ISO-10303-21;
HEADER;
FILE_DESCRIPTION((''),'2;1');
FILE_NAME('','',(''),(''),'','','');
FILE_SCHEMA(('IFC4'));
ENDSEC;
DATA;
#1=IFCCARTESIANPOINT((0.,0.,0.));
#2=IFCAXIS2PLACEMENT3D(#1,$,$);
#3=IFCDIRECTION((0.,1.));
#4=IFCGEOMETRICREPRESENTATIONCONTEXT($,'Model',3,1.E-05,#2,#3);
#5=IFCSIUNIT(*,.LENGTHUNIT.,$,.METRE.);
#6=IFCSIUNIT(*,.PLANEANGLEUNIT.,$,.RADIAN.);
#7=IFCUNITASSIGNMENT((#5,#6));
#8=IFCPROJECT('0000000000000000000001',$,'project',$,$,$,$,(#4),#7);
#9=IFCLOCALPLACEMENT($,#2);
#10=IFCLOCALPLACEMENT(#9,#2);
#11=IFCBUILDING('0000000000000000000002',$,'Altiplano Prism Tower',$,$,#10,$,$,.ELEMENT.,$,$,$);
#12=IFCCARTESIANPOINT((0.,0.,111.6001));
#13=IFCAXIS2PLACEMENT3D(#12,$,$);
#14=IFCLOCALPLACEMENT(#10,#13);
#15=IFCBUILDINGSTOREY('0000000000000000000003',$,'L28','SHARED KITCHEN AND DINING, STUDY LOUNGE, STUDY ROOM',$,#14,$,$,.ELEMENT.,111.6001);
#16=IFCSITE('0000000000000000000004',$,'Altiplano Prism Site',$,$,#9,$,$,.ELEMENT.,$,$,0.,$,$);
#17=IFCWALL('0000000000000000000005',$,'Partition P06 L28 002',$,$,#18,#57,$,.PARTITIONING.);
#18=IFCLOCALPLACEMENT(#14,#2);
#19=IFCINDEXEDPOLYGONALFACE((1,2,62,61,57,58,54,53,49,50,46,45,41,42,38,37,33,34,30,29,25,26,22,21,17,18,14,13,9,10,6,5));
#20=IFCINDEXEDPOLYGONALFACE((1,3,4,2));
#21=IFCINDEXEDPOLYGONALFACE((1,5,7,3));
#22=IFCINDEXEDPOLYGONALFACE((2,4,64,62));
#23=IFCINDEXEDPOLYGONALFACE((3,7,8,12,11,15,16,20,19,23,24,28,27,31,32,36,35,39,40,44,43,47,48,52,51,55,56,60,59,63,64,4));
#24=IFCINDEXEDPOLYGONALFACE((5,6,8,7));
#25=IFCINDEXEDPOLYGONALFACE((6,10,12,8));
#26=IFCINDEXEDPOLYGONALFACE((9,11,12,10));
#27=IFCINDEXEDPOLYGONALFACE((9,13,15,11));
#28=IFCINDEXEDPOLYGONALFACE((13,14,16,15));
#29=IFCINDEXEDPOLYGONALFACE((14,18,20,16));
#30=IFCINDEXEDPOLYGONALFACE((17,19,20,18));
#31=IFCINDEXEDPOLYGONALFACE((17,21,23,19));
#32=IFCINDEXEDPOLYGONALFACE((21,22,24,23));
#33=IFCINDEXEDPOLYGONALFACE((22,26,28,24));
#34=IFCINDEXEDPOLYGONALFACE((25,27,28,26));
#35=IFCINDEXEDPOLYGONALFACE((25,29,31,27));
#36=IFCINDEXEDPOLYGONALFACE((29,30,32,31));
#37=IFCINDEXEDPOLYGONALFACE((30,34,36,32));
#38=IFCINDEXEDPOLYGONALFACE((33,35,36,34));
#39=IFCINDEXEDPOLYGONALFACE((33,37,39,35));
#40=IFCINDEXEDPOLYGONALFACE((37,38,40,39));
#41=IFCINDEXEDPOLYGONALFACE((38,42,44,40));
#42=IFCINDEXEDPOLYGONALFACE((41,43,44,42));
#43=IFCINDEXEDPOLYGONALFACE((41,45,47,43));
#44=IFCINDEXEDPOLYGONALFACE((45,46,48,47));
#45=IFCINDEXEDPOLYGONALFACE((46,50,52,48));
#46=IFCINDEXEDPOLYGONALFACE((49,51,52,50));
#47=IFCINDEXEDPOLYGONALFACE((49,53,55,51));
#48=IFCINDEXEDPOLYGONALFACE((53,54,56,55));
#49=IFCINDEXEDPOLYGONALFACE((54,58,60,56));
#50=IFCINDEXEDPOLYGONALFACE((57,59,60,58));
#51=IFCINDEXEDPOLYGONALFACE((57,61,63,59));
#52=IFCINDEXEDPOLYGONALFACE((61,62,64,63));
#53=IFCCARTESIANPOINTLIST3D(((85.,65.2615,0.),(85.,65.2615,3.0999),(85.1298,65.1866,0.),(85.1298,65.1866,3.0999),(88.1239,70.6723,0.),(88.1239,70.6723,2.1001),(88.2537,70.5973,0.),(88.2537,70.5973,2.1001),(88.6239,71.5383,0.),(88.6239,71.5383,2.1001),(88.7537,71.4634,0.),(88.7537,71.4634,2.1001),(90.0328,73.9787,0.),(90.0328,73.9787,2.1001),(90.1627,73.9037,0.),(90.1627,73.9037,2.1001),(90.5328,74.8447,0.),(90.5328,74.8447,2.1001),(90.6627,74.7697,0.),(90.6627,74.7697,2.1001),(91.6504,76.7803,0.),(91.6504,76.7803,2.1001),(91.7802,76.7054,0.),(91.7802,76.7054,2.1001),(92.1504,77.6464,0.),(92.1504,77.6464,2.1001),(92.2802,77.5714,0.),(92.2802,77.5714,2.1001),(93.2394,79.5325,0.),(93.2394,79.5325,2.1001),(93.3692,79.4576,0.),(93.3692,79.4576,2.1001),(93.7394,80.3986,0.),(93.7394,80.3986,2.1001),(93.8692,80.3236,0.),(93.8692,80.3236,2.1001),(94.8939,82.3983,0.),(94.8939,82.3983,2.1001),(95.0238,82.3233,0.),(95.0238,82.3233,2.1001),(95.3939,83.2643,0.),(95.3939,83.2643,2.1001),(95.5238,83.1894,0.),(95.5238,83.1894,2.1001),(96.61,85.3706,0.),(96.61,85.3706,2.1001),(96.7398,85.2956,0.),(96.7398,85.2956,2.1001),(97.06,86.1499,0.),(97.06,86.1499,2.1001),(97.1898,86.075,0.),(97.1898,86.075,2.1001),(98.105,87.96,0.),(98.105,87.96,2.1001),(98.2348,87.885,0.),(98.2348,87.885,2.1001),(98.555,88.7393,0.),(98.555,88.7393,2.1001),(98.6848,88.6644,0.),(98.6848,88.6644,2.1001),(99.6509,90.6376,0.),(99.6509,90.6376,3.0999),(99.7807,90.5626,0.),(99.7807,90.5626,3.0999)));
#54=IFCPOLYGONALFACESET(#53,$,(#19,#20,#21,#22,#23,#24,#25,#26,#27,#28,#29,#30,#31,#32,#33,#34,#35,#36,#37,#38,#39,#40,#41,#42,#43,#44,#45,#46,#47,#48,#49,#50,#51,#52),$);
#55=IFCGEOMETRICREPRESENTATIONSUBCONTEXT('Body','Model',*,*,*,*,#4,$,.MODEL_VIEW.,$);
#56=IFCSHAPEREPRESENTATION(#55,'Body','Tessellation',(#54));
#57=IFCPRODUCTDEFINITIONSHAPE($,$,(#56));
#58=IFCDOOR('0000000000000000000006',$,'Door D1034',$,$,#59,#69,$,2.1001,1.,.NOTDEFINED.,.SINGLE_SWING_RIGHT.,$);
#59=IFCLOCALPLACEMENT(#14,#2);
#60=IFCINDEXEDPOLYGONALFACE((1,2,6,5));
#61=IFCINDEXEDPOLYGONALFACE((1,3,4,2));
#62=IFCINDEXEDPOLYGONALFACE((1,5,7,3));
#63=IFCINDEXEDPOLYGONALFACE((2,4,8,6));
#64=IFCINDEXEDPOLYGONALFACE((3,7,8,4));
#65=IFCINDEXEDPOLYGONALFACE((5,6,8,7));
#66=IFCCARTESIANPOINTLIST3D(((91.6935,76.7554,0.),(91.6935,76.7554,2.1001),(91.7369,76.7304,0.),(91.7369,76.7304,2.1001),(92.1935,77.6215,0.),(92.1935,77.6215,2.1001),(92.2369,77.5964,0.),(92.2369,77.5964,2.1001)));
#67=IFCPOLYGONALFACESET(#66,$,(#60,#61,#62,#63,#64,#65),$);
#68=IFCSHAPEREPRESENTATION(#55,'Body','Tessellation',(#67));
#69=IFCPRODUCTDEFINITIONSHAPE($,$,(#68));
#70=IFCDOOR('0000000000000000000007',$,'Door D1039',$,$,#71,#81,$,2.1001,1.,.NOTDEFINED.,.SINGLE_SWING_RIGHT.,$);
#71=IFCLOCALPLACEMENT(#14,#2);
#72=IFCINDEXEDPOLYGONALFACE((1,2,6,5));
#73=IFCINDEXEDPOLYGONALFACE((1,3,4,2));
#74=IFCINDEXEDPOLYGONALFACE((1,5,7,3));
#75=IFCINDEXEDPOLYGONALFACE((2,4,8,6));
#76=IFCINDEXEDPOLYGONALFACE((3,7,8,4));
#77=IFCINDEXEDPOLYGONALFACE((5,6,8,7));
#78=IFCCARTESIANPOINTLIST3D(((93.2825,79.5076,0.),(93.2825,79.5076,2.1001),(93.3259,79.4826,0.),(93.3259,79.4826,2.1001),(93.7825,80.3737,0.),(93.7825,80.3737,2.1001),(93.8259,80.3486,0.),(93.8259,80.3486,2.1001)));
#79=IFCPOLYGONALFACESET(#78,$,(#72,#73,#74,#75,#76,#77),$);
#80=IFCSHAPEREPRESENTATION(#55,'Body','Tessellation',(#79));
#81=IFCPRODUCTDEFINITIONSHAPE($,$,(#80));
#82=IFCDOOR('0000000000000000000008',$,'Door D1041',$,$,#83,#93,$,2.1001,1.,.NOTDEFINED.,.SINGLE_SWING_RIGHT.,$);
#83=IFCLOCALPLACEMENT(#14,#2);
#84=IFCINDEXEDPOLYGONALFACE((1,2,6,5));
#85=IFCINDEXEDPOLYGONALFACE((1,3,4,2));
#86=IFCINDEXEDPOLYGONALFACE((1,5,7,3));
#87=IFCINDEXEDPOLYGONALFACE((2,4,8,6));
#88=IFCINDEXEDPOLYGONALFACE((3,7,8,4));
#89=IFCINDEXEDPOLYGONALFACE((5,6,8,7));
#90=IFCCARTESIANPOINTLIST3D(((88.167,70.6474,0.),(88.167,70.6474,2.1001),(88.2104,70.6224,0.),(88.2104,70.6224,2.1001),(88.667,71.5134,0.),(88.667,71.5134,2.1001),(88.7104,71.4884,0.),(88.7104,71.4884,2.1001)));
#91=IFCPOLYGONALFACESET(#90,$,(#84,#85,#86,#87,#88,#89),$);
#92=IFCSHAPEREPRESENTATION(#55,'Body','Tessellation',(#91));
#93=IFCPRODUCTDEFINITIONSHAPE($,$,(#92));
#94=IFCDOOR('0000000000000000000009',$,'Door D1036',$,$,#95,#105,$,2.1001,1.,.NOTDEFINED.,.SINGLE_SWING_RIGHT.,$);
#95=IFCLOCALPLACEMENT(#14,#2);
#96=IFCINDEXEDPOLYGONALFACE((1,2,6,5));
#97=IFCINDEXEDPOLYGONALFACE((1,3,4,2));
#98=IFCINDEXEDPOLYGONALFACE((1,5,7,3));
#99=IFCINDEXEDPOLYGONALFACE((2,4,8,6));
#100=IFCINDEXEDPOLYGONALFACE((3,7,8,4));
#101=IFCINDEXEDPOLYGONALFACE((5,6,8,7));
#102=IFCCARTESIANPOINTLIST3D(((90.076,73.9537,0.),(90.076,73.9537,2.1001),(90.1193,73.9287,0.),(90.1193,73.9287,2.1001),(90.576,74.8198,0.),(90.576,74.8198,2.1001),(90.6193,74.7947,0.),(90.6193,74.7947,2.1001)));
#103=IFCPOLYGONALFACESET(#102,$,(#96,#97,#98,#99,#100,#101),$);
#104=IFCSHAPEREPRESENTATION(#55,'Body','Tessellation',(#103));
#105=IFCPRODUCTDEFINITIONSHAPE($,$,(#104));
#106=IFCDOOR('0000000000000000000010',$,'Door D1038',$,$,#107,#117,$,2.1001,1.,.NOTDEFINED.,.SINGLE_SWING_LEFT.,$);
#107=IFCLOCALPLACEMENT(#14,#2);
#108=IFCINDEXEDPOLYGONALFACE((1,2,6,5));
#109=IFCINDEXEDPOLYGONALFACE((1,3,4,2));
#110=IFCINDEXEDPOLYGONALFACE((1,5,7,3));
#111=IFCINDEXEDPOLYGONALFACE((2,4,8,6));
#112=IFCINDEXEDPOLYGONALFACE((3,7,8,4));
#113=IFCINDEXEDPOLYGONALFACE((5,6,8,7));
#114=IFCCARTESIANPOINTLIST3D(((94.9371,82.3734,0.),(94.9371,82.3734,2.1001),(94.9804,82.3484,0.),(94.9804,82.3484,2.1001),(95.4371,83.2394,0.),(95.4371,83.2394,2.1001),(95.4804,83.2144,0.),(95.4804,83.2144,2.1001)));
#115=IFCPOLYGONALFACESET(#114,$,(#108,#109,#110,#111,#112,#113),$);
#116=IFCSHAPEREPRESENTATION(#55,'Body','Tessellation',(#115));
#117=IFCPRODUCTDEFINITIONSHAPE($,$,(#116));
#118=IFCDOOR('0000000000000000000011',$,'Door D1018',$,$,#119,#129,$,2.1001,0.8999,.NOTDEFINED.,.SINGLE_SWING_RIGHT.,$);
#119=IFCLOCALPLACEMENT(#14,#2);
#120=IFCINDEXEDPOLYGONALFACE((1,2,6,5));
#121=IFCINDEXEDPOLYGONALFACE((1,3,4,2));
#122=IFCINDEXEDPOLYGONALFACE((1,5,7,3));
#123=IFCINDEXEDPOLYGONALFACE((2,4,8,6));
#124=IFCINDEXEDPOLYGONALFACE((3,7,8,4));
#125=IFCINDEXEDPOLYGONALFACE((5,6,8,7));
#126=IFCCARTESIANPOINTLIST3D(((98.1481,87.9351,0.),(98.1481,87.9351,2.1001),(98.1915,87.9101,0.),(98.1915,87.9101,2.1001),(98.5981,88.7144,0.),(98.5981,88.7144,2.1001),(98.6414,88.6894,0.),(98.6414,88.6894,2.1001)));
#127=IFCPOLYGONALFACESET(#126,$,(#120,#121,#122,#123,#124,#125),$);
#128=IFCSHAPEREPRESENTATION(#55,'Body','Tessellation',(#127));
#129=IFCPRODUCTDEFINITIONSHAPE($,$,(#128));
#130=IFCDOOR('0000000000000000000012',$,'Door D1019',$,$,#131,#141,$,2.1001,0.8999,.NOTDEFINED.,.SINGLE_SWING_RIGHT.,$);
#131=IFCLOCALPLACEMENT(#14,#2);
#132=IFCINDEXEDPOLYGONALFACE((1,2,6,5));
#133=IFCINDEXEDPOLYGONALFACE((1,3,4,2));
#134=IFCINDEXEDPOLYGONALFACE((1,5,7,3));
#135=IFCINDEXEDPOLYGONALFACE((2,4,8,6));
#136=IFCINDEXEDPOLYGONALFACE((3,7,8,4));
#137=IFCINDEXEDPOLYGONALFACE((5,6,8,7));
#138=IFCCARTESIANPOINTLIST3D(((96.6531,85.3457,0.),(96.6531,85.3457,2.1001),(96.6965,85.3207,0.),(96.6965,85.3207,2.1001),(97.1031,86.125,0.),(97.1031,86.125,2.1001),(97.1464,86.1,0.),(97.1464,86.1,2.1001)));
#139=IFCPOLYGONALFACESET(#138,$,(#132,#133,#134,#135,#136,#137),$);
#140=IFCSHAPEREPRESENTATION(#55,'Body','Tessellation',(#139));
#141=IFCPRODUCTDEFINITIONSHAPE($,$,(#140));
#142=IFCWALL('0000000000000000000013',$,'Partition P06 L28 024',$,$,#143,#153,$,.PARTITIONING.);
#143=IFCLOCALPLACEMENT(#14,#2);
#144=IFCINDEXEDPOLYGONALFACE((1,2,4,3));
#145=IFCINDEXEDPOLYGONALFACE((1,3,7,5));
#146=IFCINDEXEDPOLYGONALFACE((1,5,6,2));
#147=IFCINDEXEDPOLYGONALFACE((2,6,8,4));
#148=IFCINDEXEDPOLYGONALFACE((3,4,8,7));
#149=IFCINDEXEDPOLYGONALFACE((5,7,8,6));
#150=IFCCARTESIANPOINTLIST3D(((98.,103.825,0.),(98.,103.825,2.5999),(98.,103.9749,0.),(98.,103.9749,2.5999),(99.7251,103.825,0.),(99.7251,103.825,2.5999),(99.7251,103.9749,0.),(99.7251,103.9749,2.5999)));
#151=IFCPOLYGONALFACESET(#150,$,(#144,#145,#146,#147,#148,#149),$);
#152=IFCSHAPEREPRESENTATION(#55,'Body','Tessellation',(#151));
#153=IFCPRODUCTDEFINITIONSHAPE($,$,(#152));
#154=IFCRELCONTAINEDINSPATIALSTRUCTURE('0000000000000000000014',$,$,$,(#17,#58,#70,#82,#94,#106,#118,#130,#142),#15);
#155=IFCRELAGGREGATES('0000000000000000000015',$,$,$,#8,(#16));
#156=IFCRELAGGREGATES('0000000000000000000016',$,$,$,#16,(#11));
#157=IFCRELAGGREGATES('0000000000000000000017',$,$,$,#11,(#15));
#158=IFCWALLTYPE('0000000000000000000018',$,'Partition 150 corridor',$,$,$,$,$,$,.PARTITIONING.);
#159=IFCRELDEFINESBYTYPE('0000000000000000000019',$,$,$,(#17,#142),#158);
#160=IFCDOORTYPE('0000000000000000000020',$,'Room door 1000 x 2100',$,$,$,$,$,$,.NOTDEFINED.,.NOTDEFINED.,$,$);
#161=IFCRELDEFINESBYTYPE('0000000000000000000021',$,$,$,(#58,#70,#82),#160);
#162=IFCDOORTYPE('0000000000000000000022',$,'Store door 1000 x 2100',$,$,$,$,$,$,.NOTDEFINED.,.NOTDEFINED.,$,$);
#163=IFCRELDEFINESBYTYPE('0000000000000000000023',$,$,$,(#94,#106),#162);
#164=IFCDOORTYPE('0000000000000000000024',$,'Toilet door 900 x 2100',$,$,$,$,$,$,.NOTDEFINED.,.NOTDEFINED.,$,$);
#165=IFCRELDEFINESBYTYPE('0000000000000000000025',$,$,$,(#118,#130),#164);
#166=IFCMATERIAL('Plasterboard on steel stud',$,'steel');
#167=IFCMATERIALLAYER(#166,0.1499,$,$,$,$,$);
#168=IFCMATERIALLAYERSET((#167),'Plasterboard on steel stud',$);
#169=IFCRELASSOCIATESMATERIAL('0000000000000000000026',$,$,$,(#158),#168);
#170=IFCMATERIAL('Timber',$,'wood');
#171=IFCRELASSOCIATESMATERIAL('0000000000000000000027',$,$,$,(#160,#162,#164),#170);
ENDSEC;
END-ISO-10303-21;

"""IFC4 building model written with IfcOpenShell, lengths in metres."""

from ifc_helpers import new_model, si_unit, direction, frame, frame_2d, origin, place, context, subcontext, project, spatial, rectangle, extrude, material, layer, layer_set, type_object, element, fill, save


model = new_model("IFC4")

# Units and contexts
model_context = context("Model", 3, precision=1e-05, world=origin(), true_north=direction((0.0, 1.0)))
body_context = subcontext(model_context, "Body", "Model", "MODEL_VIEW")
ifc_project = project(units=[si_unit("LENGTHUNIT", "METRE"), si_unit("PLANEANGLEUNIT", "RADIAN")], contexts=[model_context])

# Site, building, storey
site_placement = place(None, origin())
site = spatial("IfcSite", under=ifc_project, at=site_placement, Name="Altiplano Prism Site", CompositionType="ELEMENT", RefElevation=0.0)
building_placement = place(site_placement, origin())
building = spatial("IfcBuilding", under=site, at=building_placement, Name="Altiplano Prism Tower", CompositionType="ELEMENT")
storey_placement = place(building_placement, frame((0.0, 0.0, 111.6001)))
storey = spatial("IfcBuildingStorey", under=building, at=storey_placement, Name="L28", Description="SHARED KITCHEN AND DINING, STUDY LOUNGE, STUDY ROOM", CompositionType="ELEMENT", Elevation=111.6001)

# Shared definitions
ifc_material_1 = material(Name="Plasterboard on steel stud", Category="steel")

# Wall, openings, doors
ifc_layer_1 = layer(ifc_material_1, 0.1499)
ifc_layer_set_1 = layer_set([ifc_layer_1], Name="Plasterboard on steel stud")
wall_type_1 = type_object("IfcWallType", Name="Partition 150 corridor", PredefinedType="PARTITIONING", material=ifc_layer_set_1)
wall_1_placement = place(storey_placement, frame((99.7158, 90.6001, 0.0), z_axis=(0.0, 0.0, 1.0), x_axis=(-0.500001, -0.866025, 0.0)))
wall_1 = element("IfcWall", 1, at=wall_1_placement, inside=storey, type_object=wall_type_1, Name="Partition P06 L28 002", PredefinedType="PARTITIONING", context=body_context, shape_type="SweptSolid", body=[
    extrude(rectangle(XDim=29.3018, YDim=0.1499, at=frame_2d((14.6509, 0.0))), origin(), (0.0, 0.0, 1.0), 3.0999),
])
opening_1_placement = place(wall_1_placement, frame((2.1919, 0.0, 0.0)))
opening_1 = element("IfcOpeningElement", 2, at=opening_1_placement, cuts=wall_1, PredefinedType="OPENING", context=body_context, shape_type="SweptSolid", body=[
    extrude(rectangle(XDim=0.8999, YDim=2.1001, at=frame_2d((0.45, 1.05))), frame((0.0, 0.0854, 0.0), z_axis=(0.0, -1.0, 0.0), x_axis=(1.0, 0.0, 0.0)), (0.0, 0.0, 1.0), 0.1709),
])
opening_2_placement = place(wall_1_placement, frame((5.1819, 0.0, 0.0)))
opening_2 = element("IfcOpeningElement", 3, at=opening_2_placement, cuts=wall_1, PredefinedType="OPENING", context=body_context, shape_type="SweptSolid", body=[
    extrude(rectangle(XDim=0.8999, YDim=2.1001, at=frame_2d((0.45, 1.05))), frame((0.0, 0.0854, 0.0), z_axis=(0.0, -1.0, 0.0), x_axis=(1.0, 0.0, 0.0)), (0.0, 0.0, 1.0), 0.1709),
])
opening_3_placement = place(wall_1_placement, frame((15.001, 0.0, 0.0)))
opening_3 = element("IfcOpeningElement", 4, at=opening_3_placement, cuts=wall_1, PredefinedType="OPENING", context=body_context, shape_type="SweptSolid", body=[
    extrude(rectangle(XDim=1.0, YDim=2.1001, at=frame_2d((0.5, 1.05))), frame((0.0, 0.0854, 0.0), z_axis=(0.0, -1.0, 0.0), x_axis=(1.0, 0.0, 0.0)), (0.0, 0.0, 1.0), 0.1709),
])
opening_4_placement = place(wall_1_placement, frame((18.2361, 0.0, 0.0)))
opening_4 = element("IfcOpeningElement", 5, at=opening_4_placement, cuts=wall_1, PredefinedType="OPENING", context=body_context, shape_type="SweptSolid", body=[
    extrude(rectangle(XDim=1.0, YDim=2.1001, at=frame_2d((0.5, 1.05))), frame((0.0, 0.0854, 0.0), z_axis=(0.0, -1.0, 0.0), x_axis=(1.0, 0.0, 0.0)), (0.0, 0.0, 1.0), 0.1709),
])
opening_5_placement = place(wall_1_placement, frame((8.5139, 0.0, 0.0)))
opening_5 = element("IfcOpeningElement", 6, at=opening_5_placement, cuts=wall_1, PredefinedType="OPENING", context=body_context, shape_type="SweptSolid", body=[
    extrude(rectangle(XDim=1.0, YDim=2.1001, at=frame_2d((0.5, 1.05))), frame((0.0, 0.0854, 0.0), z_axis=(0.0, -1.0, 0.0), x_axis=(1.0, 0.0, 0.0)), (0.0, 0.0, 1.0), 0.1709),
])
opening_6_placement = place(wall_1_placement, frame((11.823, 0.0, 0.0)))
opening_6 = element("IfcOpeningElement", 7, at=opening_6_placement, cuts=wall_1, PredefinedType="OPENING", context=body_context, shape_type="SweptSolid", body=[
    extrude(rectangle(XDim=1.0, YDim=2.1001, at=frame_2d((0.5, 1.05))), frame((0.0, 0.0854, 0.0), z_axis=(0.0, -1.0, 0.0), x_axis=(1.0, 0.0, 0.0)), (0.0, 0.0, 1.0), 0.1709),
])
opening_7_placement = place(wall_1_placement, frame((22.054, 0.0, 0.0)))
opening_7 = element("IfcOpeningElement", 8, at=opening_7_placement, cuts=wall_1, PredefinedType="OPENING", context=body_context, shape_type="SweptSolid", body=[
    extrude(rectangle(XDim=1.0, YDim=2.1001, at=frame_2d((0.5, 1.05))), frame((0.0, 0.0854, 0.0), z_axis=(0.0, -1.0, 0.0), x_axis=(1.0, 0.0, 0.0)), (0.0, 0.0, 1.0), 0.1709),
])
ifc_material_2 = material(Name="Timber", Category="wood")
door_type_1 = type_object("IfcDoorType", Name="Room door 1000 x 2100", OperationType="NOTDEFINED", PredefinedType="NOTDEFINED", material=ifc_material_2)
door_1_placement = place(opening_3_placement, origin())
door_1 = element("IfcDoor", 9, at=door_1_placement, inside=storey, type_object=door_type_1, Name="Door D1034", OperationType="SINGLE_SWING_RIGHT", OverallHeight=2.1001, OverallWidth=1.0, PredefinedType="NOTDEFINED", context=body_context, shape_type="SweptSolid", body=[
    extrude(rectangle(XDim=1.0, YDim=2.1001, at=frame_2d((0.5, 1.05))), frame((0.0, 0.0249, 0.0), z_axis=(0.0, -1.0, 0.0), x_axis=(1.0, 0.0, 0.0)), (0.0, 0.0, 1.0), 0.05),
])
fill(opening_3, door_1)
door_2_placement = place(opening_6_placement, origin())
door_2 = element("IfcDoor", 10, at=door_2_placement, inside=storey, type_object=door_type_1, Name="Door D1039", OperationType="SINGLE_SWING_RIGHT", OverallHeight=2.1001, OverallWidth=1.0, PredefinedType="NOTDEFINED", context=body_context, shape_type="SweptSolid", body=[
    extrude(rectangle(XDim=1.0, YDim=2.1001, at=frame_2d((0.5, 1.05))), frame((0.0, 0.0249, 0.0), z_axis=(0.0, -1.0, 0.0), x_axis=(1.0, 0.0, 0.0)), (0.0, 0.0, 1.0), 0.05),
])
fill(opening_6, door_2)
door_3_placement = place(opening_7_placement, origin())
door_3 = element("IfcDoor", 11, at=door_3_placement, inside=storey, type_object=door_type_1, Name="Door D1041", OperationType="SINGLE_SWING_RIGHT", OverallHeight=2.1001, OverallWidth=1.0, PredefinedType="NOTDEFINED", context=body_context, shape_type="SweptSolid", body=[
    extrude(rectangle(XDim=1.0, YDim=2.1001, at=frame_2d((0.5, 1.05))), frame((0.0, 0.0249, 0.0), z_axis=(0.0, -1.0, 0.0), x_axis=(1.0, 0.0, 0.0)), (0.0, 0.0, 1.0), 0.05),
])
fill(opening_7, door_3)
door_type_2 = type_object("IfcDoorType", Name="Store door 1000 x 2100", OperationType="NOTDEFINED", PredefinedType="NOTDEFINED", material=ifc_material_2)
door_4_placement = place(opening_4_placement, origin())
door_4 = element("IfcDoor", 12, at=door_4_placement, inside=storey, type_object=door_type_2, Name="Door D1036", OperationType="SINGLE_SWING_RIGHT", OverallHeight=2.1001, OverallWidth=1.0, PredefinedType="NOTDEFINED", context=body_context, shape_type="SweptSolid", body=[
    extrude(rectangle(XDim=1.0, YDim=2.1001, at=frame_2d((0.5, 1.05))), frame((0.0, 0.0249, 0.0), z_axis=(0.0, -1.0, 0.0), x_axis=(1.0, 0.0, 0.0)), (0.0, 0.0, 1.0), 0.05),
])
fill(opening_4, door_4)
door_5_placement = place(opening_5_placement, origin())
door_5 = element("IfcDoor", 13, at=door_5_placement, inside=storey, type_object=door_type_2, Name="Door D1038", OperationType="SINGLE_SWING_LEFT", OverallHeight=2.1001, OverallWidth=1.0, PredefinedType="NOTDEFINED", context=body_context, shape_type="SweptSolid", body=[
    extrude(rectangle(XDim=1.0, YDim=2.1001, at=frame_2d((0.5, 1.05))), frame((0.0, 0.0249, 0.0), z_axis=(0.0, -1.0, 0.0), x_axis=(1.0, 0.0, 0.0)), (0.0, 0.0, 1.0), 0.05),
])
fill(opening_5, door_5)
door_type_3 = type_object("IfcDoorType", Name="Toilet door 900 x 2100", OperationType="NOTDEFINED", PredefinedType="NOTDEFINED", material=ifc_material_2)
door_6_placement = place(opening_1_placement, origin())
door_6 = element("IfcDoor", 14, at=door_6_placement, inside=storey, type_object=door_type_3, Name="Door D1018", OperationType="SINGLE_SWING_RIGHT", OverallHeight=2.1001, OverallWidth=0.8999, PredefinedType="NOTDEFINED", context=body_context, shape_type="SweptSolid", body=[
    extrude(rectangle(XDim=0.8999, YDim=2.1001, at=frame_2d((0.45, 1.05))), frame((0.0, 0.0249, 0.0), z_axis=(0.0, -1.0, 0.0), x_axis=(1.0, 0.0, 0.0)), (0.0, 0.0, 1.0), 0.05),
])
fill(opening_1, door_6)
door_7_placement = place(opening_2_placement, origin())
door_7 = element("IfcDoor", 15, at=door_7_placement, inside=storey, type_object=door_type_3, Name="Door D1019", OperationType="SINGLE_SWING_RIGHT", OverallHeight=2.1001, OverallWidth=0.8999, PredefinedType="NOTDEFINED", context=body_context, shape_type="SweptSolid", body=[
    extrude(rectangle(XDim=0.8999, YDim=2.1001, at=frame_2d((0.45, 1.05))), frame((0.0, 0.0249, 0.0), z_axis=(0.0, -1.0, 0.0), x_axis=(1.0, 0.0, 0.0)), (0.0, 0.0, 1.0), 0.05),
])
fill(opening_2, door_7)

# Wall
wall_2_placement = place(storey_placement, frame((99.7251, 103.8999, 0.0), z_axis=(0.0, 0.0, 1.0), x_axis=(-1.0, 0.0, 0.0)))
element("IfcWall", 16, at=wall_2_placement, inside=storey, type_object=wall_type_1, Name="Partition P06 L28 024", PredefinedType="PARTITIONING", context=body_context, shape_type="SweptSolid", body=[
    extrude(rectangle(XDim=1.7251, YDim=0.1499, at=frame_2d((0.8625, 0.0))), origin(), (0.0, 0.0, 1.0), 2.5999),
])

save(model, "model.ifc")
